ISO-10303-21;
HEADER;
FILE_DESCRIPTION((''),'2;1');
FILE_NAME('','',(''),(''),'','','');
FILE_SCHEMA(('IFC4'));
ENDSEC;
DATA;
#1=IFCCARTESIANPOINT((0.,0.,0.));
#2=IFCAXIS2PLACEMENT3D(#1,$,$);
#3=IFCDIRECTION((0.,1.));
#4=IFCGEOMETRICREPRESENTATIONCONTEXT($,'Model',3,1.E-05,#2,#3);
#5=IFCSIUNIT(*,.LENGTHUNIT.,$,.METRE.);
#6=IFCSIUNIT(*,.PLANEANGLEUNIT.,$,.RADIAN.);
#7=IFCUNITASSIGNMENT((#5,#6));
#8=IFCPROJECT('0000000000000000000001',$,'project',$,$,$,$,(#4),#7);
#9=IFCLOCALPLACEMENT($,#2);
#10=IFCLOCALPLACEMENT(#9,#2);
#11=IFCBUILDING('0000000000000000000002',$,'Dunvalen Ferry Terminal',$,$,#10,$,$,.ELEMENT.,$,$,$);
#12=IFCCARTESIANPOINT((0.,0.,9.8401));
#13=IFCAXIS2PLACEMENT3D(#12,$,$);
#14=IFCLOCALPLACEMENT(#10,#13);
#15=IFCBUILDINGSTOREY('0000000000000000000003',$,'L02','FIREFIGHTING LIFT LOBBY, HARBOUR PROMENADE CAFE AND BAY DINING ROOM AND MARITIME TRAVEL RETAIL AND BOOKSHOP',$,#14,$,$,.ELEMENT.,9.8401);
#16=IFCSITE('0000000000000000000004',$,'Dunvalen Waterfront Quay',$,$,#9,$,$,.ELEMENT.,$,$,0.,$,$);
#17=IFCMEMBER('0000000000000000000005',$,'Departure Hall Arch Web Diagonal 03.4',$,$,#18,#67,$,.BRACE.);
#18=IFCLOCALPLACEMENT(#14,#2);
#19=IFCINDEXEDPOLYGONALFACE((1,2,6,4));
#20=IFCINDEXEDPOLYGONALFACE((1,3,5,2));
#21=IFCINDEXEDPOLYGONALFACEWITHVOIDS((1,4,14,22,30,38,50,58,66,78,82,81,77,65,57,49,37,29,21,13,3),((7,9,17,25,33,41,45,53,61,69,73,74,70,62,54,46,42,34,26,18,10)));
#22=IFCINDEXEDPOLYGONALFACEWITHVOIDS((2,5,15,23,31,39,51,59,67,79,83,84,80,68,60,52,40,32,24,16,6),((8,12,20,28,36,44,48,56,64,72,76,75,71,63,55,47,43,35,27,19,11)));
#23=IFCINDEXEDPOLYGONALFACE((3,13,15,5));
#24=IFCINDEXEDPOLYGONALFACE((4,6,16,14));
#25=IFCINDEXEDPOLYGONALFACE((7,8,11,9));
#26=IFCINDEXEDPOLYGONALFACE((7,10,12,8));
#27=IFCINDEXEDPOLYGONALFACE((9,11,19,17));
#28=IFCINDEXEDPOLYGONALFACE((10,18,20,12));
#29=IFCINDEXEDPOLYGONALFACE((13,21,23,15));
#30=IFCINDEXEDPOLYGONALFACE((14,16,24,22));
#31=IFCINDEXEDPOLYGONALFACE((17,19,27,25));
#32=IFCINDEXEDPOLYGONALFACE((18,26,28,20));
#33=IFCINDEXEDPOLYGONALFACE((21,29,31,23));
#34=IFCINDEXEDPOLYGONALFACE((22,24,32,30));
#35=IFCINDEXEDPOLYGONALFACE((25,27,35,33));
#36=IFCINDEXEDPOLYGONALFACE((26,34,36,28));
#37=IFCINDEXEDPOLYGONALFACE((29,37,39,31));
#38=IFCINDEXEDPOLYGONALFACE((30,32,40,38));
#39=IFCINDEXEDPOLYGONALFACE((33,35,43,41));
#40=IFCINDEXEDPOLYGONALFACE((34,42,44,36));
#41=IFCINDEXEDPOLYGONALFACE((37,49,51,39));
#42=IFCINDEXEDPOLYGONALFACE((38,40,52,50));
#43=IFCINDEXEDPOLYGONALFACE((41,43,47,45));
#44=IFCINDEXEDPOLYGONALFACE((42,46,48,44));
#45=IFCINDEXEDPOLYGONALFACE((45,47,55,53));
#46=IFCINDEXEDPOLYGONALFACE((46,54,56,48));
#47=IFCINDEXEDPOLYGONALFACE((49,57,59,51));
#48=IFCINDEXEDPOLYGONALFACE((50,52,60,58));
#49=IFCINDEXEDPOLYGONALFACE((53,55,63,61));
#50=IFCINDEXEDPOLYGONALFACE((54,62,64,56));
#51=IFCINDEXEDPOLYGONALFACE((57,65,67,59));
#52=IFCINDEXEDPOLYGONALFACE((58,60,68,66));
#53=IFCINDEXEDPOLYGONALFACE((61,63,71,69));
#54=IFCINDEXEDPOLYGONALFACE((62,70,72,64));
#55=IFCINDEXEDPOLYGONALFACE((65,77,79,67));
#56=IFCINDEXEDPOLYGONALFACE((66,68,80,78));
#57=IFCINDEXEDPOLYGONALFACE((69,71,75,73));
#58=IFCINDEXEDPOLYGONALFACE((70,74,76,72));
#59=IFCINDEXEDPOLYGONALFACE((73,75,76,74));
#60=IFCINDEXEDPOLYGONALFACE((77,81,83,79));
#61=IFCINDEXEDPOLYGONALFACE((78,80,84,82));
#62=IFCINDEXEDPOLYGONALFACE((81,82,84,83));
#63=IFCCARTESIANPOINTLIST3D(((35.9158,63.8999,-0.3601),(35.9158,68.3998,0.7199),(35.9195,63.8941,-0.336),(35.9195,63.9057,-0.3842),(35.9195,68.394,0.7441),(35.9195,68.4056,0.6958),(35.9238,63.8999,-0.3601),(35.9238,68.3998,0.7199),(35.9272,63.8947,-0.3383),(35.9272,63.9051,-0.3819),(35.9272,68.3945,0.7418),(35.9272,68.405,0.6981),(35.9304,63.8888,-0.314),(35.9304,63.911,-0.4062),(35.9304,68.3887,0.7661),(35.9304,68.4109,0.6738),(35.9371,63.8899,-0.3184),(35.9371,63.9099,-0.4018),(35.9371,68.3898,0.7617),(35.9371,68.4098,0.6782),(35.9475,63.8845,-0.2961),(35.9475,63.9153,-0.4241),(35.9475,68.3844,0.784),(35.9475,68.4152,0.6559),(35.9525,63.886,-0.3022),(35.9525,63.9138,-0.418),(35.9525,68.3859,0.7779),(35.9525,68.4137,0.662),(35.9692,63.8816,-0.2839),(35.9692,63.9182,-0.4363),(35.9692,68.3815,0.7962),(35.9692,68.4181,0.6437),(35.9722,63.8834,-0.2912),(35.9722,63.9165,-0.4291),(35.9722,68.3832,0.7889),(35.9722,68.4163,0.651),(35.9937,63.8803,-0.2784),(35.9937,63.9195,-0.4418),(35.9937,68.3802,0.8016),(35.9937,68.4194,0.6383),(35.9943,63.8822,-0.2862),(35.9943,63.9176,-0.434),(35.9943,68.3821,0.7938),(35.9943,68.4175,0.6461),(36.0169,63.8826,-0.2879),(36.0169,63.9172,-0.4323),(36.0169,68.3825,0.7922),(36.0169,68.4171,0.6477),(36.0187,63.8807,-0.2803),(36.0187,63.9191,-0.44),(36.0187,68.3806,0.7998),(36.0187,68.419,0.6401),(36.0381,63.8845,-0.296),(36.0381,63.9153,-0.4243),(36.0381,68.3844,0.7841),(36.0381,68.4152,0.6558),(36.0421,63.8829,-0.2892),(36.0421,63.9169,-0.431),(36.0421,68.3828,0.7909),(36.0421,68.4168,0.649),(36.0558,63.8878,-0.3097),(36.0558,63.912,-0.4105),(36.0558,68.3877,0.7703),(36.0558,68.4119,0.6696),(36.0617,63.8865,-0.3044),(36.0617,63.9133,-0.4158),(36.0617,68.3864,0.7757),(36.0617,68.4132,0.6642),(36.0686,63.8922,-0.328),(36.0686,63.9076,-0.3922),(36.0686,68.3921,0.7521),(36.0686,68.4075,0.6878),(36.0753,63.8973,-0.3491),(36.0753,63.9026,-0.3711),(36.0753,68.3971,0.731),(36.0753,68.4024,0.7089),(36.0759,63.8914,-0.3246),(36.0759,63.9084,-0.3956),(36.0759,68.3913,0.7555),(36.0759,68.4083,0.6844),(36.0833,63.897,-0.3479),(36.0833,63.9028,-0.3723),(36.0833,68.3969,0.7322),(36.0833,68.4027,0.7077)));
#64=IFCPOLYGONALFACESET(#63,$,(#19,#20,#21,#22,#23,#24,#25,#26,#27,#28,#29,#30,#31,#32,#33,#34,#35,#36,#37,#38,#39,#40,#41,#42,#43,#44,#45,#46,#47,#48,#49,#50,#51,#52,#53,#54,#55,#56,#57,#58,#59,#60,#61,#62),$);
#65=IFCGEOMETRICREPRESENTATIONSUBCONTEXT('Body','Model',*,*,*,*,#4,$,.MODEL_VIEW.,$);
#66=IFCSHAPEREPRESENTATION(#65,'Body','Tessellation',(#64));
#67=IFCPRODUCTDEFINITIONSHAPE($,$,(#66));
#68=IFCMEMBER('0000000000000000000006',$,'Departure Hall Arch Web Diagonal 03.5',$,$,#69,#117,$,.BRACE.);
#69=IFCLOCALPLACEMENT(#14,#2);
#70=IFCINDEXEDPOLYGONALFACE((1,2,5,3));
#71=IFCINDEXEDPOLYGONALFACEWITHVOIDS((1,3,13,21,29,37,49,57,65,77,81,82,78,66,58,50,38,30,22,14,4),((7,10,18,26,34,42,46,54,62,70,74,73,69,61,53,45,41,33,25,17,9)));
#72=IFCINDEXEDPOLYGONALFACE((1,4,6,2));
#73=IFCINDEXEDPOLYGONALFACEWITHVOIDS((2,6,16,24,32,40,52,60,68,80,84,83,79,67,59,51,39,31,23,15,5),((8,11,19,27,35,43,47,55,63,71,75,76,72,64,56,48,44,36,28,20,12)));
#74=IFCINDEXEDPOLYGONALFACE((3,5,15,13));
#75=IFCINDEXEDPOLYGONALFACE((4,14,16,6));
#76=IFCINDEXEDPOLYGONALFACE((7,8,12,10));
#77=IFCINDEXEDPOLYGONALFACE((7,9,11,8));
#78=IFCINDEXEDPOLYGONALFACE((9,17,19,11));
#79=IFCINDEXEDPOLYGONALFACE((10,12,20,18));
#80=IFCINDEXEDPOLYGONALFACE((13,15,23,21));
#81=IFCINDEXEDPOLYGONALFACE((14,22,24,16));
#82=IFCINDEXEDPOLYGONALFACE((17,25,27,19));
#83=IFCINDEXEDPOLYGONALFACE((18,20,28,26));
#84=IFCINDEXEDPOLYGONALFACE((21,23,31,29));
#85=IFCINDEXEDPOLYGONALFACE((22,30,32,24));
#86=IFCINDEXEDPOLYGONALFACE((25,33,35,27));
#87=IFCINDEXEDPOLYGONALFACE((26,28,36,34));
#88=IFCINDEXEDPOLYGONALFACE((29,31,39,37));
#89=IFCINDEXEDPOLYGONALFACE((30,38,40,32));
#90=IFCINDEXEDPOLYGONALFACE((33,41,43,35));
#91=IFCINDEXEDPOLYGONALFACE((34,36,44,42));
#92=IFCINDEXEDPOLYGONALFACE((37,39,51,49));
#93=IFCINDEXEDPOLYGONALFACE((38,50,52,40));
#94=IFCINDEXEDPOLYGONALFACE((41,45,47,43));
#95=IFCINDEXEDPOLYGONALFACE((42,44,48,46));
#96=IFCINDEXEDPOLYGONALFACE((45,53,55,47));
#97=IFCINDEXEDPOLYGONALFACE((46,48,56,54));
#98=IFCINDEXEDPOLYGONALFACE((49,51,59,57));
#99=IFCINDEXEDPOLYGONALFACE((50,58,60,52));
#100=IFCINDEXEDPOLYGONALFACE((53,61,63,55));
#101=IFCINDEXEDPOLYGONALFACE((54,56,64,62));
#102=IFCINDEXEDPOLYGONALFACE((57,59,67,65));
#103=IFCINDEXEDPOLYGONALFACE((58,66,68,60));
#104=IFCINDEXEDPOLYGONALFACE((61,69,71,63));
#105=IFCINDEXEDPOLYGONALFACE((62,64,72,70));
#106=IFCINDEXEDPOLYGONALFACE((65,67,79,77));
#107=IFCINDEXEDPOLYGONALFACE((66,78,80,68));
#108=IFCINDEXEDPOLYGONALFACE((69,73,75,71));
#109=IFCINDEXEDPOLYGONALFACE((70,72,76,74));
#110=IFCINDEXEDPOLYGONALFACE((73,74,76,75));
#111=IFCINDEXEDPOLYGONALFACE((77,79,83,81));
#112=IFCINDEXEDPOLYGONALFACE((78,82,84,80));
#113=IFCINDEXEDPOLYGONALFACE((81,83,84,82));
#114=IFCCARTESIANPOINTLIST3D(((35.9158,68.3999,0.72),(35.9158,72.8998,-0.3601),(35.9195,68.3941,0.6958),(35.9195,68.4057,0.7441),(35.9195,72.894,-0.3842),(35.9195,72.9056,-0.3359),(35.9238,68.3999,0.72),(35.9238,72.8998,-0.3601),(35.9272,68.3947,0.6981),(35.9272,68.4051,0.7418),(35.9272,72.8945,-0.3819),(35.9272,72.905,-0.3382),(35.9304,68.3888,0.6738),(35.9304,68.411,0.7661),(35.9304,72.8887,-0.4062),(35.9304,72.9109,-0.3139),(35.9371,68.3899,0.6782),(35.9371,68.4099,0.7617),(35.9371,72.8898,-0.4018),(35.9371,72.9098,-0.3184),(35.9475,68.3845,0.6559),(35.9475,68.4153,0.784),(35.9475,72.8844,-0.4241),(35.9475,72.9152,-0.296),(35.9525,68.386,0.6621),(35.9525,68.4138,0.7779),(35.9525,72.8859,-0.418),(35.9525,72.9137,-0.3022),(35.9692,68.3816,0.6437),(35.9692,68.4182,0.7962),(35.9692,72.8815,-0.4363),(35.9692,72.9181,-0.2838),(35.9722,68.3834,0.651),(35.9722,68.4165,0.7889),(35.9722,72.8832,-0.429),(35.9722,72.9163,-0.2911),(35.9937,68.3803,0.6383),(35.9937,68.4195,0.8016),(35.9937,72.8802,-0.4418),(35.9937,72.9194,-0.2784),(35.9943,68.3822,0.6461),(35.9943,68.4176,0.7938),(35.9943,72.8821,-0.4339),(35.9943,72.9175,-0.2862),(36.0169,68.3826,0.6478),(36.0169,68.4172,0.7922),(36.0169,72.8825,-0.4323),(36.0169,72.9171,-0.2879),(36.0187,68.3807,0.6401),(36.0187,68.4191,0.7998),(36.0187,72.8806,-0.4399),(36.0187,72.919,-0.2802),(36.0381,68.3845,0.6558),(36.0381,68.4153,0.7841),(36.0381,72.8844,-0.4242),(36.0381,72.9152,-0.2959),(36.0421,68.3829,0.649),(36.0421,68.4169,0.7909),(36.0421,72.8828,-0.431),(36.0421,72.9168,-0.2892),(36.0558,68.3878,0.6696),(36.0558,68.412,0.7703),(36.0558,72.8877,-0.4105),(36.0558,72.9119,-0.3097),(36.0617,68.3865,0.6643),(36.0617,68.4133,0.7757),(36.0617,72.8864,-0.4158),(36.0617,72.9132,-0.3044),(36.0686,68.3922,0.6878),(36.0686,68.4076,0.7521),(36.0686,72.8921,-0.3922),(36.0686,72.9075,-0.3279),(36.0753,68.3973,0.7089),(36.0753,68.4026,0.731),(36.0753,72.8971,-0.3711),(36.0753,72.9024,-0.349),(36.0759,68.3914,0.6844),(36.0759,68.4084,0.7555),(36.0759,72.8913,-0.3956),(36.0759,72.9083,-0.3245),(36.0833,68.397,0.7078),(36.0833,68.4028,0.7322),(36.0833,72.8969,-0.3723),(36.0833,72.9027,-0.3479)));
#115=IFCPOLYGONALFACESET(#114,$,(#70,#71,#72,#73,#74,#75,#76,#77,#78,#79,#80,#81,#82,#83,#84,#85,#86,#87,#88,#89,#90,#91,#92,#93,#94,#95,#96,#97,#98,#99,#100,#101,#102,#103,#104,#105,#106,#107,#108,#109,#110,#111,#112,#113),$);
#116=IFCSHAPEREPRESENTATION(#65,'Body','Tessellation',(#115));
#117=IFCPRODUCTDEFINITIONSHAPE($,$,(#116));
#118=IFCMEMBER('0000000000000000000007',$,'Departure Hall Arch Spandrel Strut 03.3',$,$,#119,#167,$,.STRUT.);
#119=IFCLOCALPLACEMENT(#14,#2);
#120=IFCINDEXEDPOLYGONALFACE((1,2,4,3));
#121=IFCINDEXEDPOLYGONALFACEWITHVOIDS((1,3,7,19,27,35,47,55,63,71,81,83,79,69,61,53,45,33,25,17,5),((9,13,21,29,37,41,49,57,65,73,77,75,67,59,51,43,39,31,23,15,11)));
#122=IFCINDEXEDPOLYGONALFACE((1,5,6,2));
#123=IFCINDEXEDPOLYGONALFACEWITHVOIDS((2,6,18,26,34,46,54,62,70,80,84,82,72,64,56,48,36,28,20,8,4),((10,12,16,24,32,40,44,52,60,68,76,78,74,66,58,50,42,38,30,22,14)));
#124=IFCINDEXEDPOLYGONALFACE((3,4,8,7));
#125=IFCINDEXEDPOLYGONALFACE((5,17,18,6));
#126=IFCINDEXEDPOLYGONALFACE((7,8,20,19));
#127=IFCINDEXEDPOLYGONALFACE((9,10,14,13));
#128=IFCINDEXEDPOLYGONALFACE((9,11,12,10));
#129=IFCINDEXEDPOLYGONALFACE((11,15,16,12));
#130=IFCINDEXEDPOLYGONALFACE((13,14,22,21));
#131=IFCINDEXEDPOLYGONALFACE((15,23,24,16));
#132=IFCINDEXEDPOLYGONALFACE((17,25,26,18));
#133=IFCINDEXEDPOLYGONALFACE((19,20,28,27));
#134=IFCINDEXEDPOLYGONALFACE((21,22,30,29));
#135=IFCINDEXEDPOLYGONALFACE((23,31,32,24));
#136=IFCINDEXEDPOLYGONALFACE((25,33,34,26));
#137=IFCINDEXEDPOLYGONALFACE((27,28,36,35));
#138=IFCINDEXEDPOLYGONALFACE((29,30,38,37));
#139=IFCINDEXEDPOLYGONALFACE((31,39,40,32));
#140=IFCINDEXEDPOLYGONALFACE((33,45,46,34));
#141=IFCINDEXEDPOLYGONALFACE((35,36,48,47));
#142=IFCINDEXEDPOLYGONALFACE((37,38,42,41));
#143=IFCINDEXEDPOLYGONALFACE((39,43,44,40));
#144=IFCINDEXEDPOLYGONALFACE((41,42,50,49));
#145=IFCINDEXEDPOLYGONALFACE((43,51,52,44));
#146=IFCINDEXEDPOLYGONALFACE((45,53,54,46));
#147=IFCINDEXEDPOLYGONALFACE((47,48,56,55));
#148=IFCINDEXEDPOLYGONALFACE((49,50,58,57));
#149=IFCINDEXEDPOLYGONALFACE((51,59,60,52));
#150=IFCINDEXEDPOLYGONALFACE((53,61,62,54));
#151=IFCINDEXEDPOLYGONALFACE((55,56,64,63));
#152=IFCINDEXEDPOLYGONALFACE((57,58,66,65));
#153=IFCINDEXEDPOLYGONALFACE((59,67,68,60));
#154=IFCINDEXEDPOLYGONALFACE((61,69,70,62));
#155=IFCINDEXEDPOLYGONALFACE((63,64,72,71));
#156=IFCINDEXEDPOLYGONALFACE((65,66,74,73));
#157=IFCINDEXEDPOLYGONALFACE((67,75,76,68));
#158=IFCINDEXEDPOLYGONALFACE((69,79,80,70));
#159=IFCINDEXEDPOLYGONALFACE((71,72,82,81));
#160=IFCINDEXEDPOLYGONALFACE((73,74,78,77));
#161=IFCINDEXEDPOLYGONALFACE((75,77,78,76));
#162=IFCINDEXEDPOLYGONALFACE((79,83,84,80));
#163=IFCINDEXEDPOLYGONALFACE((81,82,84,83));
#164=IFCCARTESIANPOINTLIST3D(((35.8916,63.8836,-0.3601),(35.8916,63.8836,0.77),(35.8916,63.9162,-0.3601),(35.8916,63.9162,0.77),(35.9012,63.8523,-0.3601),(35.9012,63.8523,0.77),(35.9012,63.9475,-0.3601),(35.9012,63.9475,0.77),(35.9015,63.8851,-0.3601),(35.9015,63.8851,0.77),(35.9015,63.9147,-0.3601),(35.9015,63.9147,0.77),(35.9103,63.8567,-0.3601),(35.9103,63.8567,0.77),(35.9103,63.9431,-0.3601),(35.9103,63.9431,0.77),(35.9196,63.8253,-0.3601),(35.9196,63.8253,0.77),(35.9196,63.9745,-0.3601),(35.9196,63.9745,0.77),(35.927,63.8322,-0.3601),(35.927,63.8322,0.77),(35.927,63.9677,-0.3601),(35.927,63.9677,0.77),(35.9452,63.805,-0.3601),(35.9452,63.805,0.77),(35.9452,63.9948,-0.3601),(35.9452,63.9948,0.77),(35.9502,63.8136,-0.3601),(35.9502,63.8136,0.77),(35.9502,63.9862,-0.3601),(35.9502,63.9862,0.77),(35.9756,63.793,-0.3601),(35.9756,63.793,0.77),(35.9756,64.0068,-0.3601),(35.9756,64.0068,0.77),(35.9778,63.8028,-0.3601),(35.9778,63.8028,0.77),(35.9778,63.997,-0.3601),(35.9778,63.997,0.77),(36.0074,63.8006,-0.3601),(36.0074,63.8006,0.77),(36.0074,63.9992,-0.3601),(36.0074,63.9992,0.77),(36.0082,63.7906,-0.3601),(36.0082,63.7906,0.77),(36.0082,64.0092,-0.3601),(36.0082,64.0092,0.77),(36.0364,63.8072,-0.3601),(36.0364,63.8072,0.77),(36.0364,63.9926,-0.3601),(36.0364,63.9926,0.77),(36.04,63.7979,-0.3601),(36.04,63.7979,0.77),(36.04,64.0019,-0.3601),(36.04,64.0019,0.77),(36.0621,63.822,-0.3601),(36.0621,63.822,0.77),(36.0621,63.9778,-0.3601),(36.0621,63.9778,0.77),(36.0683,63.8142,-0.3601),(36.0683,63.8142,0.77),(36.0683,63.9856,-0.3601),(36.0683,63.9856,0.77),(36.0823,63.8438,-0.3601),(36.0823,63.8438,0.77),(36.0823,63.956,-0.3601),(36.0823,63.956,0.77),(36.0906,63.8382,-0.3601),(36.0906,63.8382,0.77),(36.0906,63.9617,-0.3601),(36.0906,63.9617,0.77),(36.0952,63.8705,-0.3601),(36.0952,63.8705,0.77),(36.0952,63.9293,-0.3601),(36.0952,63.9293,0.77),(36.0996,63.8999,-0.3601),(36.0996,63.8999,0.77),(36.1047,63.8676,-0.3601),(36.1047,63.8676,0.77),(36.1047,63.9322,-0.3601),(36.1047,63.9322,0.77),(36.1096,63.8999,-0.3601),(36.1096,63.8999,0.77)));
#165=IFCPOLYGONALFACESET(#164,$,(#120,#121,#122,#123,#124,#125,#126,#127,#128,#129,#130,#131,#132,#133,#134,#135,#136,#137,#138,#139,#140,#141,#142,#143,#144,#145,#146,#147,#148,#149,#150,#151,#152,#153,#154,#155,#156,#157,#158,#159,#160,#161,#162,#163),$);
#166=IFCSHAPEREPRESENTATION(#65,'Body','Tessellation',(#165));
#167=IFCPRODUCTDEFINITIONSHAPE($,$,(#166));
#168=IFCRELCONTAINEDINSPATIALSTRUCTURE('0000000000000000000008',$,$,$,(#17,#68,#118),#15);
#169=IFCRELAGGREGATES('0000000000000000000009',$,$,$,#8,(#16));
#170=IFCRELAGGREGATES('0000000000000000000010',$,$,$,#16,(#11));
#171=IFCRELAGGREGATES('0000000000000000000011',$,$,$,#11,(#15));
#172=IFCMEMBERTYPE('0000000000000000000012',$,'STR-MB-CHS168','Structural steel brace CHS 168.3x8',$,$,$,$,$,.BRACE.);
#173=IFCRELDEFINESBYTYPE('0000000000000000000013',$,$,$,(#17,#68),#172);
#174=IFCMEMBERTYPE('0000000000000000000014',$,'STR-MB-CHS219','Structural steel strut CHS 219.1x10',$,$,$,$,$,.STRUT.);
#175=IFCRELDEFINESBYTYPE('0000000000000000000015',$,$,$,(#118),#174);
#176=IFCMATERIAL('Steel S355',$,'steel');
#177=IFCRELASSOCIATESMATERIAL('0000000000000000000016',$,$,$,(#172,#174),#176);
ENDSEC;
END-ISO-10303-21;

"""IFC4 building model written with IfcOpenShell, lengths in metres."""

from ifc_helpers import new_model, si_unit, direction, frame, origin, origin_2d, place, context, subcontext, project, spatial, hollow_circle, extrude, material, material_profile, profile_set, type_object, element, save


model = new_model("IFC4")

# Units and contexts
model_context = context("Model", 3, precision=1e-05, world=origin(), true_north=direction((0.0, 1.0)))
body_context = subcontext(model_context, "Body", "Model", "MODEL_VIEW")
ifc_project = project(units=[si_unit("LENGTHUNIT", "METRE"), si_unit("PLANEANGLEUNIT", "RADIAN")], contexts=[model_context])

# Site, building, storey
site_placement = place(None, origin())
site = spatial("IfcSite", under=ifc_project, at=site_placement, Name="Dunvalen Waterfront Quay", CompositionType="ELEMENT", RefElevation=0.0)
building_placement = place(site_placement, origin())
building = spatial("IfcBuilding", under=site, at=building_placement, Name="Dunvalen Ferry Terminal", CompositionType="ELEMENT")
storey_placement = place(building_placement, frame((0.0, 0.0, 9.8401)))
storey = spatial("IfcBuildingStorey", under=building, at=storey_placement, Name="L02", Description="FIREFIGHTING LIFT LOBBY, HARBOUR PROMENADE CAFE AND BAY DINING ROOM AND MARITIME TRAVEL RETAIL AND BOOKSHOP", CompositionType="ELEMENT", Elevation=9.8401)

# Shared definitions
ifc_material_1 = material(Name="Steel S355", Category="steel")

# Members
ifc_material_profile_1 = material_profile(ifc_material_1, hollow_circle(Radius=0.0842, WallThickness=0.0081, at=origin_2d()), Name="Steel S355")
ifc_profile_set_1 = profile_set([ifc_material_profile_1], Name="Steel S355")
member_type_1 = type_object("IfcMemberType", Name="STR-MB-CHS168", Description="Structural steel brace CHS 168.3x8", PredefinedType="BRACE", material=ifc_profile_set_1)
for number, where, z_axis, x_axis, name in (
    (1, (36.0, 63.8999, -0.3601), (0.0, 0.972383, 0.233389), (-1.0, 0.0, 0.0), "Departure Hall Arch Web Diagonal 03.4"),
    (2, (36.0, 68.3999, 0.72), (0.0, 0.972383, -0.233389), (-1.0, 0.0, 0.0), "Departure Hall Arch Web Diagonal 03.5"),
):
    element("IfcMember", number, at=place(storey_placement, frame(where, z_axis=z_axis, x_axis=x_axis)), inside=storey, type_object=member_type_1, Name=name, PredefinedType="BRACE", context=body_context, shape_type="SweptSolid", body=[
        extrude(hollow_circle(Radius=0.0842, WallThickness=0.0081, at=origin_2d()), origin(), (0.0, 0.0, 1.0), 4.6277),
    ])
ifc_material_profile_2 = material_profile(ifc_material_1, hollow_circle(Radius=0.1096, WallThickness=0.01, at=origin_2d()), Name="Steel S355")
ifc_profile_set_2 = profile_set([ifc_material_profile_2], Name="Steel S355")
member_type_2 = type_object("IfcMemberType", Name="STR-MB-CHS219", Description="Structural steel strut CHS 219.1x10", PredefinedType="STRUT", material=ifc_profile_set_2)
member_1_placement = place(storey_placement, frame((36.0, 63.8999, -0.3601), z_axis=(0.0, 0.0, 1.0), x_axis=(1.0, 0.0, 0.0)))
element("IfcMember", 3, at=member_1_placement, inside=storey, type_object=member_type_2, Name="Departure Hall Arch Spandrel Strut 03.3", PredefinedType="STRUT", context=body_context, shape_type="SweptSolid", body=[
    extrude(hollow_circle(Radius=0.1096, WallThickness=0.01, at=origin_2d()), origin(), (0.0, 0.0, 1.0), 1.1301),
])

save(model, "model.ifc")
